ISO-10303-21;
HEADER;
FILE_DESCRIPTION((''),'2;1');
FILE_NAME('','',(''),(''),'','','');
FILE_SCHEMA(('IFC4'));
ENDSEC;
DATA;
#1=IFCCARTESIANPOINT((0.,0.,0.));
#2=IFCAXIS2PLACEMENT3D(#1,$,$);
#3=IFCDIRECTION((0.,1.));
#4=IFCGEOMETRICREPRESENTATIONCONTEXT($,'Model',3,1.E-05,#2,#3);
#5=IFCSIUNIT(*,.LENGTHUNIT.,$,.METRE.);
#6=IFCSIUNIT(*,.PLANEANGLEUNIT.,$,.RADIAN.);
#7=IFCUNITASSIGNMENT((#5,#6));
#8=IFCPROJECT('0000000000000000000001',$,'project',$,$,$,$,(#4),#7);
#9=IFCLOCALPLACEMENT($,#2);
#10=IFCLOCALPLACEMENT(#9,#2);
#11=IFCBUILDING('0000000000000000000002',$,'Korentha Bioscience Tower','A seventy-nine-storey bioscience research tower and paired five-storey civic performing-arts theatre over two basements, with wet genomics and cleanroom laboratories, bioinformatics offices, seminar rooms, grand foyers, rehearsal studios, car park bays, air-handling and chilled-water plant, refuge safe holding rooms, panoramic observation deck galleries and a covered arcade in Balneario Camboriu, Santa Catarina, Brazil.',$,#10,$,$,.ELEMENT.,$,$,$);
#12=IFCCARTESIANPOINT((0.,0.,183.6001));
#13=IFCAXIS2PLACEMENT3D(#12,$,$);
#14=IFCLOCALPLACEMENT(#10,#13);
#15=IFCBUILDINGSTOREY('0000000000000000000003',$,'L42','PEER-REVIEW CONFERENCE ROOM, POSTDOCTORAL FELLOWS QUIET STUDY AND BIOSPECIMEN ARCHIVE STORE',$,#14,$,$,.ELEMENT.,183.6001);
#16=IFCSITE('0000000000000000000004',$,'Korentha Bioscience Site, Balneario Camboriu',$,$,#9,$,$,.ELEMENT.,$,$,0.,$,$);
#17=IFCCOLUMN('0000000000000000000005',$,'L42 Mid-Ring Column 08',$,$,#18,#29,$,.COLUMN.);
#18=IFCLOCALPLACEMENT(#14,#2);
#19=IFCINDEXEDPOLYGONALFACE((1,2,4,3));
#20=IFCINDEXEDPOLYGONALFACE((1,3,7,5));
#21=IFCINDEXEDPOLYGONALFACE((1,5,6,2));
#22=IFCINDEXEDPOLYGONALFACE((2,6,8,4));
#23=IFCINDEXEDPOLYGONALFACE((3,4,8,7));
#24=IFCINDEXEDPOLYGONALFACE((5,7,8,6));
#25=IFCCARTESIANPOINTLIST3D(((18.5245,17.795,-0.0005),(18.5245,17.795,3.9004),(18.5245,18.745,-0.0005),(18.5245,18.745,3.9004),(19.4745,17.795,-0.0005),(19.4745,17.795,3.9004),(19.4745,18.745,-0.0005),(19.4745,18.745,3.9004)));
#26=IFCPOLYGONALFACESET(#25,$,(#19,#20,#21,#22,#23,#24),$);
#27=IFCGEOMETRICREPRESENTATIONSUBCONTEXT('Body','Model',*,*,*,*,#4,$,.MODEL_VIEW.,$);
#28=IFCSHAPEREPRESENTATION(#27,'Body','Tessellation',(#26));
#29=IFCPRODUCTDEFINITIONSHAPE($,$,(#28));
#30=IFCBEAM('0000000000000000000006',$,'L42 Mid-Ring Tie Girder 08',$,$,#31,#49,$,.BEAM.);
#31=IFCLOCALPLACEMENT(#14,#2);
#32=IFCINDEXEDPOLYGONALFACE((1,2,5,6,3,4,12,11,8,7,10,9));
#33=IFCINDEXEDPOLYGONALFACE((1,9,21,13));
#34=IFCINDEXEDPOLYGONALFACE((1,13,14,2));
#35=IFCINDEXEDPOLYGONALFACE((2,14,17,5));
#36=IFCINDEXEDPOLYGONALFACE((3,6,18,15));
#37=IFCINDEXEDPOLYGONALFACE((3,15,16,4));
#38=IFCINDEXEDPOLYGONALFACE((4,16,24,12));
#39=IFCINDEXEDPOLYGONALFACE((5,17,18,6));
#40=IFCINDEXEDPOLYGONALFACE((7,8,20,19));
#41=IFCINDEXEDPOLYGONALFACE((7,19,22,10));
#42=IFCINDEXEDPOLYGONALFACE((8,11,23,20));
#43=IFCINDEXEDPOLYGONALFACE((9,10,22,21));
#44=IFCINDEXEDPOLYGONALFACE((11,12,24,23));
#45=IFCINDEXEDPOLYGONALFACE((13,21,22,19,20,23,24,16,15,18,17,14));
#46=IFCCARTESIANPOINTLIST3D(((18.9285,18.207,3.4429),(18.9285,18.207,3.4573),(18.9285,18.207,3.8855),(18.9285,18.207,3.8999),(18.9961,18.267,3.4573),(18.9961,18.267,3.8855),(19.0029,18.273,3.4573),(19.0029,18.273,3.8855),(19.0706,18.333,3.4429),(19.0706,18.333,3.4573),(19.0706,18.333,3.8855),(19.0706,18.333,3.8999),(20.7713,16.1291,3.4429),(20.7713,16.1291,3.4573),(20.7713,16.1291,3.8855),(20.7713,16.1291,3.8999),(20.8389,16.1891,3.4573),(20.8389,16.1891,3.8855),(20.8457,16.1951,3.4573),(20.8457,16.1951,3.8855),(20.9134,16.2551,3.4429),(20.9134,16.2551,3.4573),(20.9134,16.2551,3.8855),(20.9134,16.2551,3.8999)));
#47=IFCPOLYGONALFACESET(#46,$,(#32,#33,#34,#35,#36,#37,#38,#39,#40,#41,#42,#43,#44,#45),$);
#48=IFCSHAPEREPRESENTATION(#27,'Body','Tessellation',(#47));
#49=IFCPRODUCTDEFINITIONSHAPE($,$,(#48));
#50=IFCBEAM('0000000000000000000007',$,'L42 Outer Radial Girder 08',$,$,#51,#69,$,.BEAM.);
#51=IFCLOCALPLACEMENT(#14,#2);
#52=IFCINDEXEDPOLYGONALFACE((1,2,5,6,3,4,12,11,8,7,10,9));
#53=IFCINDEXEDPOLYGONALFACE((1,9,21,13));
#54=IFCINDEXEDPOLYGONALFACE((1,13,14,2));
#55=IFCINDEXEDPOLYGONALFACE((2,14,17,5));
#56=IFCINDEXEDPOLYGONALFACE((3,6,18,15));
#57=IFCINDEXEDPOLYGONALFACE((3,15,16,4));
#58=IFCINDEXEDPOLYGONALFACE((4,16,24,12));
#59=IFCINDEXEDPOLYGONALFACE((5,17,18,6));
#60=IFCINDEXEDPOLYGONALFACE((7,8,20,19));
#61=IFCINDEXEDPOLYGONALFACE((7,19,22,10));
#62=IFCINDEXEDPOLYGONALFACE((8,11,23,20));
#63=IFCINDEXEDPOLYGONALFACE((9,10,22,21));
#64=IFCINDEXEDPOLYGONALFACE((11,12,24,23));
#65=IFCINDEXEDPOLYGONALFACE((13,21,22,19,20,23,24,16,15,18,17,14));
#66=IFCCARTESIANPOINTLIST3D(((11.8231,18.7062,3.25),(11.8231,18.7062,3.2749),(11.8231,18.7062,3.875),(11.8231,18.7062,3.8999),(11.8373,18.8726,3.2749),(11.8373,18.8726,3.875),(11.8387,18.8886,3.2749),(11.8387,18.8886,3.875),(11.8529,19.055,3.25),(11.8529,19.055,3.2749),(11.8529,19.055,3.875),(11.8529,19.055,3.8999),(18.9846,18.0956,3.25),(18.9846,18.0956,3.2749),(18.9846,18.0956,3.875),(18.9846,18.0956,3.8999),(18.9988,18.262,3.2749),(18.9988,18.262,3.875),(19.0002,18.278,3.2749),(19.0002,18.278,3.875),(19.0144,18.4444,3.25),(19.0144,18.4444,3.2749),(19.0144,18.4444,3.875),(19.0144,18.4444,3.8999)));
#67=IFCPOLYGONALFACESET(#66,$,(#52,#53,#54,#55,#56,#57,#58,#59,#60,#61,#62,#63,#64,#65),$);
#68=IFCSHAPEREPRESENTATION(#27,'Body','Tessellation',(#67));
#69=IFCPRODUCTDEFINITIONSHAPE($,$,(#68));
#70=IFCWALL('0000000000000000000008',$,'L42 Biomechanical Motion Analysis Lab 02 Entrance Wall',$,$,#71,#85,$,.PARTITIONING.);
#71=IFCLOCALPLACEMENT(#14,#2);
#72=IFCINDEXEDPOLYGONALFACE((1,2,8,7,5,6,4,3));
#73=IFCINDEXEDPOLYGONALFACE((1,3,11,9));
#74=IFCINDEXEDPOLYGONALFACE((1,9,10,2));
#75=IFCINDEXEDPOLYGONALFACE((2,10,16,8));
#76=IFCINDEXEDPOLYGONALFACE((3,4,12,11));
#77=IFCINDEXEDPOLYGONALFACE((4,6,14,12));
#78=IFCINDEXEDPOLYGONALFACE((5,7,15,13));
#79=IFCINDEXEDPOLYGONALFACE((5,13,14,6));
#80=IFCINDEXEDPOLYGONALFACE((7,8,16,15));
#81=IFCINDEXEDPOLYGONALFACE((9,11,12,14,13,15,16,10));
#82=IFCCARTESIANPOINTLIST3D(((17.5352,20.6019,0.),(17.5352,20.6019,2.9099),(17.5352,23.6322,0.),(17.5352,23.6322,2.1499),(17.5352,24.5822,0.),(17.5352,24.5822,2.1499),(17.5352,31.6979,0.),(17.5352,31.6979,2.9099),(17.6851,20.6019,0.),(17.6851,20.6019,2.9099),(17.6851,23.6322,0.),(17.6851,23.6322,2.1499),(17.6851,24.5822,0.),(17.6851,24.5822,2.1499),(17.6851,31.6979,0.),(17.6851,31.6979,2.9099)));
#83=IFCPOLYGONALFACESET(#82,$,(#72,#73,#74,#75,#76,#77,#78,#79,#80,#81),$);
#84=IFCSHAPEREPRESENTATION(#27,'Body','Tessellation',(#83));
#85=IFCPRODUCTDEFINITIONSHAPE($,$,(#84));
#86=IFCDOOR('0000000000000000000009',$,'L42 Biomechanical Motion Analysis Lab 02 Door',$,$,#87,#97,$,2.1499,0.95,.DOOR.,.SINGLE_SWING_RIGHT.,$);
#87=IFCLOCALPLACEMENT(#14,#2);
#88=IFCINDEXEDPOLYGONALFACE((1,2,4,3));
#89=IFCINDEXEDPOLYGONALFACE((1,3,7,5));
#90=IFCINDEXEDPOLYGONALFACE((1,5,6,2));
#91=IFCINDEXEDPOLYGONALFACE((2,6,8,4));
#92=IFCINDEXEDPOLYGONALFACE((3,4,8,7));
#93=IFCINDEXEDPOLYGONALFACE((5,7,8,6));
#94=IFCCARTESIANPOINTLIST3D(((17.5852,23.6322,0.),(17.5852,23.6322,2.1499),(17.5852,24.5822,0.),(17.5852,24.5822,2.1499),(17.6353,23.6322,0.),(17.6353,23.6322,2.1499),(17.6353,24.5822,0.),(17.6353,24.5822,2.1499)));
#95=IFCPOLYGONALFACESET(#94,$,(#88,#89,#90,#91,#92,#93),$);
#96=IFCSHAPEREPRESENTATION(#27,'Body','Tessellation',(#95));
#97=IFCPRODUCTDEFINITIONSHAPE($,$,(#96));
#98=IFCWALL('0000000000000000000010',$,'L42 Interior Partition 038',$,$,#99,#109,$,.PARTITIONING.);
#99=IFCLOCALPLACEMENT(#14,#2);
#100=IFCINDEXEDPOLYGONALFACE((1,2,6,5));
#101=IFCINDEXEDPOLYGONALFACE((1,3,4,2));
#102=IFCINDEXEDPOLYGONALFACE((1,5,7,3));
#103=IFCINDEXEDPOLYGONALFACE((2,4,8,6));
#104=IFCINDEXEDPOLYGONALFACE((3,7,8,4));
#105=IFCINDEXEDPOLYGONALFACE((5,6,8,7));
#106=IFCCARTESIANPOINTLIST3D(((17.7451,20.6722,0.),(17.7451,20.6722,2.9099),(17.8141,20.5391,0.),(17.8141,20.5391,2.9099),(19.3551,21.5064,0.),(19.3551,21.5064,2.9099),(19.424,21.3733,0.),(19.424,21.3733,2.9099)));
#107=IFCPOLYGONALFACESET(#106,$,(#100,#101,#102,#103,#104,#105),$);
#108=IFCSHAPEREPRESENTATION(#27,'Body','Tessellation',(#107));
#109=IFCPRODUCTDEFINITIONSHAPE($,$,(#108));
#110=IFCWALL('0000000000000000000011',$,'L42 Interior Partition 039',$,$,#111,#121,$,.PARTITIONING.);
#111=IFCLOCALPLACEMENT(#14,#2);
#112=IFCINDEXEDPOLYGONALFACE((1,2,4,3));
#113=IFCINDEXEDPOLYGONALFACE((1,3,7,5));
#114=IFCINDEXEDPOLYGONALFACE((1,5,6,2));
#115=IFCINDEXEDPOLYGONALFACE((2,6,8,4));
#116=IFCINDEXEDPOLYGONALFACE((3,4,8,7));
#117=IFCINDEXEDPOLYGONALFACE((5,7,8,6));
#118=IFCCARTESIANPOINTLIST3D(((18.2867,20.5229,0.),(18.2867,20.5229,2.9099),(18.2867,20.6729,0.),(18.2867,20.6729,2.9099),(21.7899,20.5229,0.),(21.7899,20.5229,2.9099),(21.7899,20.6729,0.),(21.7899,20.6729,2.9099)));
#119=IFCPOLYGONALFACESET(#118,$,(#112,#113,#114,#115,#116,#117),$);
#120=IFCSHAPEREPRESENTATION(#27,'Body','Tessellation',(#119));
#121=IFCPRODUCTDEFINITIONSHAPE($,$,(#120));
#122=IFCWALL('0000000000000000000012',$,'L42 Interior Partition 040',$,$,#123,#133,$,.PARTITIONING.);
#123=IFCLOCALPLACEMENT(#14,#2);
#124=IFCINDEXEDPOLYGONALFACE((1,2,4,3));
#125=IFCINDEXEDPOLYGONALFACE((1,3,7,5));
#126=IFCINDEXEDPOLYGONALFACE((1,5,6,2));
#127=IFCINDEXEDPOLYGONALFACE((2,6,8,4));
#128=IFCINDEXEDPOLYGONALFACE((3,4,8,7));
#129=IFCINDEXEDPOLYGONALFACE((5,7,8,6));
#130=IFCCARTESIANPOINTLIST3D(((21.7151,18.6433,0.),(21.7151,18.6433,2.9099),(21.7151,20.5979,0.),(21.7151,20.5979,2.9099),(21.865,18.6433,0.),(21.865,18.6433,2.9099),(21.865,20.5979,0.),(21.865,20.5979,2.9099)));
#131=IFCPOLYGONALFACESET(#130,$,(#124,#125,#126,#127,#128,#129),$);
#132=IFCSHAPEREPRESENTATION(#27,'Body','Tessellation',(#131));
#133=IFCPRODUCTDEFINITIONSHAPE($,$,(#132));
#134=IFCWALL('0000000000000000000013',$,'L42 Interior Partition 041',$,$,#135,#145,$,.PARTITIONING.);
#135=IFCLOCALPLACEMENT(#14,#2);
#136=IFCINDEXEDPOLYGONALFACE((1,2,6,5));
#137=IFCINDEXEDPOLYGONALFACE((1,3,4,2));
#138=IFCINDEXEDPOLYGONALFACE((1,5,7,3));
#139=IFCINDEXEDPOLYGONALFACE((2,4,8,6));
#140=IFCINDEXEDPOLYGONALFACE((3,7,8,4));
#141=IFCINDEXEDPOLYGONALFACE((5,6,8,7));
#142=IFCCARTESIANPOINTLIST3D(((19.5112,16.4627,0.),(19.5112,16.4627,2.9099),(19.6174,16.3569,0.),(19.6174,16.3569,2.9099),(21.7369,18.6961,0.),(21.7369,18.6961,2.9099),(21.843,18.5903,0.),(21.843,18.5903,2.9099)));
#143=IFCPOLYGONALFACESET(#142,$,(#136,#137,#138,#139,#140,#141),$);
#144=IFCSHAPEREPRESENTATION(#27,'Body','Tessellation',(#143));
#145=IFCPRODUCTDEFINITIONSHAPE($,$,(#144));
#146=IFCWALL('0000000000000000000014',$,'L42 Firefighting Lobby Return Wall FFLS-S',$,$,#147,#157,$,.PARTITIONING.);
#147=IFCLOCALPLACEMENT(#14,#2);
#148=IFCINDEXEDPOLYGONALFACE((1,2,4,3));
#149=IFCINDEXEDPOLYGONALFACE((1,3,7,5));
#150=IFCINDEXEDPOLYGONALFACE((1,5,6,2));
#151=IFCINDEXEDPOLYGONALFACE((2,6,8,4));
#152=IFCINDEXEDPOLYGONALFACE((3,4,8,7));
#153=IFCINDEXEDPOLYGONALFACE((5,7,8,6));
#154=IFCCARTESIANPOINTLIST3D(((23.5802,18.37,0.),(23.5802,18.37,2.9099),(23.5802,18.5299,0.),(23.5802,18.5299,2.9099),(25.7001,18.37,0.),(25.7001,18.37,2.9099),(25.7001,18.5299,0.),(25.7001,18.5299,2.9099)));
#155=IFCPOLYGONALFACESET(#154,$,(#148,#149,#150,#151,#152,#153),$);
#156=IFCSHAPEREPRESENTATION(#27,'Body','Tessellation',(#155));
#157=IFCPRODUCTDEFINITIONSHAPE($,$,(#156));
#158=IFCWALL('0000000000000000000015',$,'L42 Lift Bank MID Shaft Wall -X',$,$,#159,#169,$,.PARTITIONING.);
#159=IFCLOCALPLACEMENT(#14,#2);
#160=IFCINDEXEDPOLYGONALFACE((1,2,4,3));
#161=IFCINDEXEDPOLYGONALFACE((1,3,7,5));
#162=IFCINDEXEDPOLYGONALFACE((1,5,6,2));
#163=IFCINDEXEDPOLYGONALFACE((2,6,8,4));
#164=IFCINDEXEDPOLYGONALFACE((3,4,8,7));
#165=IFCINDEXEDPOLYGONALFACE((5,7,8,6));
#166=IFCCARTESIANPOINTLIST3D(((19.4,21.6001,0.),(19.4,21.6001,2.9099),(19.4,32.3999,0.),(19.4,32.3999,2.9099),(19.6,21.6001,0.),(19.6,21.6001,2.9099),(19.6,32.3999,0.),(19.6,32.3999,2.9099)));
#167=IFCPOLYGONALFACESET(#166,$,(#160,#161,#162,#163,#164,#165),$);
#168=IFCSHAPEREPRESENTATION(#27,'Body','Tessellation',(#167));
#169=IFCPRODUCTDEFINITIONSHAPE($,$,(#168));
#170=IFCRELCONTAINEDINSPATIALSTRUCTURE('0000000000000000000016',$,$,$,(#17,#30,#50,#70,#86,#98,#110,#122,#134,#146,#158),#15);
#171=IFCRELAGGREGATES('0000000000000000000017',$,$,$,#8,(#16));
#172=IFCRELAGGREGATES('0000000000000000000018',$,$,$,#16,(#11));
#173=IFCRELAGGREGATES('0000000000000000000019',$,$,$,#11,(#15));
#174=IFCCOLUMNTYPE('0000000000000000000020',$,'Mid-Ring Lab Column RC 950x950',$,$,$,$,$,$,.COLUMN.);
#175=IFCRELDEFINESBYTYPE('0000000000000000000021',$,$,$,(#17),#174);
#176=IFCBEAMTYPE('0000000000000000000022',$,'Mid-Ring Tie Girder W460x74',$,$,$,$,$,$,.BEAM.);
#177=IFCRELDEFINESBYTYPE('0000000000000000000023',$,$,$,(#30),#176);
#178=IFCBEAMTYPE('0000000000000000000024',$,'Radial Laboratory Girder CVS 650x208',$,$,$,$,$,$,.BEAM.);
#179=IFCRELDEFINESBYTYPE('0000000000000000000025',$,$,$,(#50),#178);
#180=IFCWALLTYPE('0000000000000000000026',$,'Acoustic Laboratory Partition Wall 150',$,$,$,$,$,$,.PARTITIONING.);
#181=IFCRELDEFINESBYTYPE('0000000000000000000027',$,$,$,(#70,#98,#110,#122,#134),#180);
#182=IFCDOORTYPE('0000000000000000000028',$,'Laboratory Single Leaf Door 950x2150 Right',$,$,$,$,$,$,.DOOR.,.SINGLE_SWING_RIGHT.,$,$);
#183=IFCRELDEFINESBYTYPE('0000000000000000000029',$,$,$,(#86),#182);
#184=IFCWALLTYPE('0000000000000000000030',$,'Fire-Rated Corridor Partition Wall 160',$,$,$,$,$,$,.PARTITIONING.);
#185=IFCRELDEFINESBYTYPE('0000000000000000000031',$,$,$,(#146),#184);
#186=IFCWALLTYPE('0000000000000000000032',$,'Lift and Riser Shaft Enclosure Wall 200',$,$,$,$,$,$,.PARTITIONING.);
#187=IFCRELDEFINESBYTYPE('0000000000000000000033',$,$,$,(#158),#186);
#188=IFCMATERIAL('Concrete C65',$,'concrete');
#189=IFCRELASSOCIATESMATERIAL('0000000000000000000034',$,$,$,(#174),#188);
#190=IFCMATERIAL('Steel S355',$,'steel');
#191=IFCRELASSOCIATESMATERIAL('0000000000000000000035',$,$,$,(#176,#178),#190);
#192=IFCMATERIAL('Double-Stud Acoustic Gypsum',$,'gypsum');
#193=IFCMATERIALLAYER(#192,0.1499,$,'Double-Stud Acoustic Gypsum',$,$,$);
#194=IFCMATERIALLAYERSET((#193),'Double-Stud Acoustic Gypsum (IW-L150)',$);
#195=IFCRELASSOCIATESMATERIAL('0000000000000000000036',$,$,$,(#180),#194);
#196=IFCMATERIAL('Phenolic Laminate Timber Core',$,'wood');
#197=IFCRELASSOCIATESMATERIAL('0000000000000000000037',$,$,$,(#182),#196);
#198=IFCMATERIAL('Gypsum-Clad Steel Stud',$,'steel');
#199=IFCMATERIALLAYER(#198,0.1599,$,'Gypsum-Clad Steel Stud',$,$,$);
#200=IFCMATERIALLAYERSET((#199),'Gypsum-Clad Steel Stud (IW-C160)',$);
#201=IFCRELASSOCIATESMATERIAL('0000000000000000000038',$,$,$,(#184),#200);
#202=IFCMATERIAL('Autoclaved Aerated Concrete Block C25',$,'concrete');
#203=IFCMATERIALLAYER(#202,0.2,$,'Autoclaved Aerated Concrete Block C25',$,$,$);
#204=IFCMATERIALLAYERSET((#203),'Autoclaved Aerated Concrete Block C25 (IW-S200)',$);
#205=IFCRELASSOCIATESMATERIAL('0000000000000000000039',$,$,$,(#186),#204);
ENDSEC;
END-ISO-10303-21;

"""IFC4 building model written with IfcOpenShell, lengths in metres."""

from ifc_helpers import new_model, si_unit, direction, frame, frame_2d, origin, origin_2d, place, context, subcontext, project, spatial, rectangle, i_section, extrude, material, layer, layer_set, material_profile, profile_set, type_object, element, fill, save


model = new_model("IFC4")

# Units and contexts
model_context = context("Model", 3, precision=1e-05, world=origin(), true_north=direction((0.0, 1.0)))
body_context = subcontext(model_context, "Body", "Model", "MODEL_VIEW")
ifc_project = project(units=[si_unit("LENGTHUNIT", "METRE"), si_unit("PLANEANGLEUNIT", "RADIAN")], contexts=[model_context])

# Site, building, storey
site_placement = place(None, origin())
site = spatial("IfcSite", under=ifc_project, at=site_placement, Name="Korentha Bioscience Site, Balneario Camboriu", CompositionType="ELEMENT", RefElevation=0.0)
building_placement = place(site_placement, origin())
building = spatial("IfcBuilding", under=site, at=building_placement, Name="Korentha Bioscience Tower", Description="A seventy-nine-storey bioscience research tower and paired five-storey civic performing-arts theatre over two basements, with wet genomics and cleanroom laboratories, bioinformatics offices, seminar rooms, grand foyers, rehearsal studios, car park bays, air-handling and chilled-water plant, refuge safe holding rooms, panoramic observation deck galleries and a covered arcade in Balneario Camboriu, Santa Catarina, Brazil.", CompositionType="ELEMENT")
storey_placement = place(building_placement, frame((0.0, 0.0, 183.6001)))
storey = spatial("IfcBuildingStorey", under=building, at=storey_placement, Name="L42", Description="PEER-REVIEW CONFERENCE ROOM, POSTDOCTORAL FELLOWS QUIET STUDY AND BIOSPECIMEN ARCHIVE STORE", CompositionType="ELEMENT", Elevation=183.6001)

# Column
ifc_material_1 = material(Name="Concrete C65", Category="concrete")
ifc_material_profile_1 = material_profile(ifc_material_1, rectangle(XDim=0.95, YDim=0.95, at=origin_2d()), Name="Concrete C65")
ifc_profile_set_1 = profile_set([ifc_material_profile_1], Name="Concrete C65 (COL-MR09)")
column_type = type_object("IfcColumnType", Name="Mid-Ring Lab Column RC 950x950", PredefinedType="COLUMN", material=ifc_profile_set_1)
column_placement = place(storey_placement, frame((18.9995, 18.27, -0.0005), z_axis=(0.0, 0.0, 1.0), x_axis=(1.0, 0.0, 0.0)))
element("IfcColumn", 1, at=column_placement, inside=storey, type_object=column_type, Name="L42 Mid-Ring Column 08", PredefinedType="COLUMN", context=body_context, shape_type="SweptSolid", body=[
    extrude(rectangle(XDim=0.95, YDim=0.95, at=origin_2d()), origin(), (0.0, 0.0, 1.0), 3.9009),
])

# Beams
ifc_material_2 = material(Name="Steel S355", Category="steel")
ifc_material_profile_2 = material_profile(ifc_material_2, i_section(OverallWidth=0.1899, OverallDepth=0.457, WebThickness=0.009, FlangeThickness=0.0144, at=origin_2d()), Name="Steel S355")
ifc_profile_set_2 = profile_set([ifc_material_profile_2], Name="Steel S355 (MB-460)")
beam_type_1 = type_object("IfcBeamType", Name="Mid-Ring Tie Girder W460x74", PredefinedType="BEAM", material=ifc_profile_set_2)
beam_1_placement = place(storey_placement, frame((18.9995, 18.27, 3.6714), z_axis=(0.663512, -0.748165, 0.0), x_axis=(0.748165, 0.663512, 0.0)))
element("IfcBeam", 2, at=beam_1_placement, inside=storey, type_object=beam_type_1, Name="L42 Mid-Ring Tie Girder 08", PredefinedType="BEAM", context=body_context, shape_type="SweptSolid", body=[
    extrude(i_section(OverallWidth=0.1899, OverallDepth=0.457, WebThickness=0.009, FlangeThickness=0.0144, at=origin_2d()), origin(), (0.0, 0.0, 1.0), 2.7773),
])
ifc_material_profile_3 = material_profile(ifc_material_2, i_section(OverallWidth=0.3501, OverallDepth=0.6499, WebThickness=0.0161, FlangeThickness=0.0249, at=origin_2d()), Name="Steel S355")
ifc_profile_set_3 = profile_set([ifc_material_profile_3], Name="Steel S355 (RB-650)")
beam_type_2 = type_object("IfcBeamType", Name="Radial Laboratory Girder CVS 650x208", PredefinedType="BEAM", material=ifc_profile_set_3)
beam_2_placement = place(storey_placement, frame((18.9995, 18.27, 3.575), z_axis=(-0.996385, 0.084951, 0.0), x_axis=(-0.084951, -0.996385, 0.0)))
element("IfcBeam", 3, at=beam_2_placement, inside=storey, type_object=beam_type_2, Name="L42 Outer Radial Girder 08", PredefinedType="BEAM", context=body_context, shape_type="SweptSolid", body=[
    extrude(i_section(OverallWidth=0.3501, OverallDepth=0.6499, WebThickness=0.0161, FlangeThickness=0.0249, at=origin_2d()), origin(), (0.0, 0.0, 1.0), 7.1875),
])

# Wall, opening, door
ifc_material_3 = material(Name="Double-Stud Acoustic Gypsum", Category="gypsum")
ifc_layer_1 = layer(ifc_material_3, 0.1499, Name="Double-Stud Acoustic Gypsum")
ifc_layer_set_1 = layer_set([ifc_layer_1], Name="Double-Stud Acoustic Gypsum (IW-L150)")
wall_type_1 = type_object("IfcWallType", Name="Acoustic Laboratory Partition Wall 150", PredefinedType="PARTITIONING", material=ifc_layer_set_1)
wall_1_placement = place(storey_placement, frame((17.6101, 20.6021, 0.0), z_axis=(0.0, 0.0, 1.0), x_axis=(0.0, 1.0, 0.0)))
wall_1 = element("IfcWall", 4, at=wall_1_placement, inside=storey, type_object=wall_type_1, Name="L42 Biomechanical Motion Analysis Lab 02 Entrance Wall", PredefinedType="PARTITIONING", context=body_context, shape_type="SweptSolid", body=[
    extrude(rectangle(XDim=11.0959, YDim=0.1499, at=frame_2d((5.5479, 0.0))), origin(), (0.0, 0.0, 1.0), 2.9099),
])
opening_1_placement = place(wall_1_placement, frame((3.03, 0.0, 0.0)))
opening_1 = element("IfcOpeningElement", 5, at=opening_1_placement, cuts=wall_1, PredefinedType="OPENING", context=body_context, shape_type="SweptSolid", body=[
    extrude(rectangle(XDim=0.95, YDim=2.1499, at=frame_2d((0.4751, 1.075))), frame((0.0, 0.0898, 0.0), z_axis=(0.0, -1.0, 0.0), x_axis=(1.0, 0.0, 0.0)), (0.0, 0.0, 1.0), 0.1797),
])
ifc_material_4 = material(Name="Phenolic Laminate Timber Core", Category="wood")
door_type_1 = type_object("IfcDoorType", Name="Laboratory Single Leaf Door 950x2150 Right", OperationType="SINGLE_SWING_RIGHT", PredefinedType="DOOR", material=ifc_material_4)
door_1_placement = place(opening_1_placement, origin())
door_1 = element("IfcDoor", 6, at=door_1_placement, inside=storey, type_object=door_type_1, Name="L42 Biomechanical Motion Analysis Lab 02 Door", OperationType="SINGLE_SWING_RIGHT", OverallHeight=2.1499, OverallWidth=0.95, PredefinedType="DOOR", context=body_context, shape_type="SweptSolid", body=[
    extrude(rectangle(XDim=0.95, YDim=2.1499, at=frame_2d((0.4751, 1.075))), frame((0.0, 0.0249, 0.0), z_axis=(0.0, -1.0, 0.0), x_axis=(1.0, 0.0, 0.0)), (0.0, 0.0, 1.0), 0.05),
])
fill(opening_1, door_1)

# Walls
wall_2_placement = place(storey_placement, frame((19.3896, 21.4399, 0.0), z_axis=(0.0, 0.0, 1.0), x_axis=(-0.887871, -0.460093, 0.0)))
element("IfcWall", 7, at=wall_2_placement, inside=storey, type_object=wall_type_1, Name="L42 Interior Partition 038", PredefinedType="PARTITIONING", context=body_context, shape_type="SweptSolid", body=[
    extrude(rectangle(XDim=1.8132, YDim=0.1499, at=frame_2d((0.9067, 0.0))), origin(), (0.0, 0.0, 1.0), 2.9099),
])
wall_3_placement = place(storey_placement, frame((18.2869, 20.5979, 0.0), z_axis=(0.0, 0.0, 1.0), x_axis=(1.0, 0.0, 0.0)))
element("IfcWall", 8, at=wall_3_placement, inside=storey, type_object=wall_type_1, Name="L42 Interior Partition 039", PredefinedType="PARTITIONING", context=body_context, shape_type="SweptSolid", body=[
    extrude(rectangle(XDim=3.5032, YDim=0.1499, at=frame_2d((1.7515, 0.0))), origin(), (0.0, 0.0, 1.0), 2.9099),
])
wall_4_placement = place(storey_placement, frame((21.79, 20.5979, 0.0), z_axis=(0.0, 0.0, 1.0), x_axis=(0.0, -1.0, 0.0)))
element("IfcWall", 9, at=wall_4_placement, inside=storey, type_object=wall_type_1, Name="L42 Interior Partition 040", PredefinedType="PARTITIONING", context=body_context, shape_type="SweptSolid", body=[
    extrude(rectangle(XDim=1.9546, YDim=0.1499, at=frame_2d((0.9773, 0.0))), origin(), (0.0, 0.0, 1.0), 2.9099),
])
wall_5_placement = place(storey_placement, frame((21.79, 18.6433, 0.0), z_axis=(0.0, 0.0, 1.0), x_axis=(-0.705867, -0.708345, 0.0)))
element("IfcWall", 10, at=wall_5_placement, inside=storey, type_object=wall_type_1, Name="L42 Interior Partition 041", PredefinedType="PARTITIONING", context=body_context, shape_type="SweptSolid", body=[
    extrude(rectangle(XDim=3.1531, YDim=0.1499, at=frame_2d((1.5767, 0.0))), origin(), (0.0, 0.0, 1.0), 2.9099),
])

# Shared definitions
ifc_material_5 = material(Name="Gypsum-Clad Steel Stud", Category="steel")
ifc_layer_2 = layer(ifc_material_5, 0.1599, Name="Gypsum-Clad Steel Stud")
ifc_layer_set_2 = layer_set([ifc_layer_2], Name="Gypsum-Clad Steel Stud (IW-C160)")
wall_type_2 = type_object("IfcWallType", Name="Fire-Rated Corridor Partition Wall 160", PredefinedType="PARTITIONING", material=ifc_layer_set_2)

# Walls
wall_6_placement = place(storey_placement, frame((23.5801, 18.45, 0.0), z_axis=(0.0, 0.0, 1.0), x_axis=(1.0, 0.0, 0.0)))
element("IfcWall", 11, at=wall_6_placement, inside=storey, type_object=wall_type_2, Name="L42 Firefighting Lobby Return Wall FFLS-S", PredefinedType="PARTITIONING", context=body_context, shape_type="SweptSolid", body=[
    extrude(rectangle(XDim=2.1199, YDim=0.1599, at=frame_2d((1.0601, 0.0))), origin(), (0.0, 0.0, 1.0), 2.9099),
])
ifc_material_6 = material(Name="Autoclaved Aerated Concrete Block C25", Category="concrete")
ifc_layer_3 = layer(ifc_material_6, 0.2, Name="Autoclaved Aerated Concrete Block C25")
ifc_layer_set_3 = layer_set([ifc_layer_3], Name="Autoclaved Aerated Concrete Block C25 (IW-S200)")
wall_type_3 = type_object("IfcWallType", Name="Lift and Riser Shaft Enclosure Wall 200", PredefinedType="PARTITIONING", material=ifc_layer_set_3)
wall_7_placement = place(storey_placement, frame((19.5, 21.6001, 0.0), z_axis=(0.0, 0.0, 1.0), x_axis=(0.0, 1.0, 0.0)))
element("IfcWall", 12, at=wall_7_placement, inside=storey, type_object=wall_type_3, Name="L42 Lift Bank MID Shaft Wall -X", PredefinedType="PARTITIONING", context=body_context, shape_type="SweptSolid", body=[
    extrude(rectangle(XDim=10.7998, YDim=0.2, at=frame_2d((5.3999, 0.0))), origin(), (0.0, 0.0, 1.0), 2.9099),
])

save(model, "model.ifc")
